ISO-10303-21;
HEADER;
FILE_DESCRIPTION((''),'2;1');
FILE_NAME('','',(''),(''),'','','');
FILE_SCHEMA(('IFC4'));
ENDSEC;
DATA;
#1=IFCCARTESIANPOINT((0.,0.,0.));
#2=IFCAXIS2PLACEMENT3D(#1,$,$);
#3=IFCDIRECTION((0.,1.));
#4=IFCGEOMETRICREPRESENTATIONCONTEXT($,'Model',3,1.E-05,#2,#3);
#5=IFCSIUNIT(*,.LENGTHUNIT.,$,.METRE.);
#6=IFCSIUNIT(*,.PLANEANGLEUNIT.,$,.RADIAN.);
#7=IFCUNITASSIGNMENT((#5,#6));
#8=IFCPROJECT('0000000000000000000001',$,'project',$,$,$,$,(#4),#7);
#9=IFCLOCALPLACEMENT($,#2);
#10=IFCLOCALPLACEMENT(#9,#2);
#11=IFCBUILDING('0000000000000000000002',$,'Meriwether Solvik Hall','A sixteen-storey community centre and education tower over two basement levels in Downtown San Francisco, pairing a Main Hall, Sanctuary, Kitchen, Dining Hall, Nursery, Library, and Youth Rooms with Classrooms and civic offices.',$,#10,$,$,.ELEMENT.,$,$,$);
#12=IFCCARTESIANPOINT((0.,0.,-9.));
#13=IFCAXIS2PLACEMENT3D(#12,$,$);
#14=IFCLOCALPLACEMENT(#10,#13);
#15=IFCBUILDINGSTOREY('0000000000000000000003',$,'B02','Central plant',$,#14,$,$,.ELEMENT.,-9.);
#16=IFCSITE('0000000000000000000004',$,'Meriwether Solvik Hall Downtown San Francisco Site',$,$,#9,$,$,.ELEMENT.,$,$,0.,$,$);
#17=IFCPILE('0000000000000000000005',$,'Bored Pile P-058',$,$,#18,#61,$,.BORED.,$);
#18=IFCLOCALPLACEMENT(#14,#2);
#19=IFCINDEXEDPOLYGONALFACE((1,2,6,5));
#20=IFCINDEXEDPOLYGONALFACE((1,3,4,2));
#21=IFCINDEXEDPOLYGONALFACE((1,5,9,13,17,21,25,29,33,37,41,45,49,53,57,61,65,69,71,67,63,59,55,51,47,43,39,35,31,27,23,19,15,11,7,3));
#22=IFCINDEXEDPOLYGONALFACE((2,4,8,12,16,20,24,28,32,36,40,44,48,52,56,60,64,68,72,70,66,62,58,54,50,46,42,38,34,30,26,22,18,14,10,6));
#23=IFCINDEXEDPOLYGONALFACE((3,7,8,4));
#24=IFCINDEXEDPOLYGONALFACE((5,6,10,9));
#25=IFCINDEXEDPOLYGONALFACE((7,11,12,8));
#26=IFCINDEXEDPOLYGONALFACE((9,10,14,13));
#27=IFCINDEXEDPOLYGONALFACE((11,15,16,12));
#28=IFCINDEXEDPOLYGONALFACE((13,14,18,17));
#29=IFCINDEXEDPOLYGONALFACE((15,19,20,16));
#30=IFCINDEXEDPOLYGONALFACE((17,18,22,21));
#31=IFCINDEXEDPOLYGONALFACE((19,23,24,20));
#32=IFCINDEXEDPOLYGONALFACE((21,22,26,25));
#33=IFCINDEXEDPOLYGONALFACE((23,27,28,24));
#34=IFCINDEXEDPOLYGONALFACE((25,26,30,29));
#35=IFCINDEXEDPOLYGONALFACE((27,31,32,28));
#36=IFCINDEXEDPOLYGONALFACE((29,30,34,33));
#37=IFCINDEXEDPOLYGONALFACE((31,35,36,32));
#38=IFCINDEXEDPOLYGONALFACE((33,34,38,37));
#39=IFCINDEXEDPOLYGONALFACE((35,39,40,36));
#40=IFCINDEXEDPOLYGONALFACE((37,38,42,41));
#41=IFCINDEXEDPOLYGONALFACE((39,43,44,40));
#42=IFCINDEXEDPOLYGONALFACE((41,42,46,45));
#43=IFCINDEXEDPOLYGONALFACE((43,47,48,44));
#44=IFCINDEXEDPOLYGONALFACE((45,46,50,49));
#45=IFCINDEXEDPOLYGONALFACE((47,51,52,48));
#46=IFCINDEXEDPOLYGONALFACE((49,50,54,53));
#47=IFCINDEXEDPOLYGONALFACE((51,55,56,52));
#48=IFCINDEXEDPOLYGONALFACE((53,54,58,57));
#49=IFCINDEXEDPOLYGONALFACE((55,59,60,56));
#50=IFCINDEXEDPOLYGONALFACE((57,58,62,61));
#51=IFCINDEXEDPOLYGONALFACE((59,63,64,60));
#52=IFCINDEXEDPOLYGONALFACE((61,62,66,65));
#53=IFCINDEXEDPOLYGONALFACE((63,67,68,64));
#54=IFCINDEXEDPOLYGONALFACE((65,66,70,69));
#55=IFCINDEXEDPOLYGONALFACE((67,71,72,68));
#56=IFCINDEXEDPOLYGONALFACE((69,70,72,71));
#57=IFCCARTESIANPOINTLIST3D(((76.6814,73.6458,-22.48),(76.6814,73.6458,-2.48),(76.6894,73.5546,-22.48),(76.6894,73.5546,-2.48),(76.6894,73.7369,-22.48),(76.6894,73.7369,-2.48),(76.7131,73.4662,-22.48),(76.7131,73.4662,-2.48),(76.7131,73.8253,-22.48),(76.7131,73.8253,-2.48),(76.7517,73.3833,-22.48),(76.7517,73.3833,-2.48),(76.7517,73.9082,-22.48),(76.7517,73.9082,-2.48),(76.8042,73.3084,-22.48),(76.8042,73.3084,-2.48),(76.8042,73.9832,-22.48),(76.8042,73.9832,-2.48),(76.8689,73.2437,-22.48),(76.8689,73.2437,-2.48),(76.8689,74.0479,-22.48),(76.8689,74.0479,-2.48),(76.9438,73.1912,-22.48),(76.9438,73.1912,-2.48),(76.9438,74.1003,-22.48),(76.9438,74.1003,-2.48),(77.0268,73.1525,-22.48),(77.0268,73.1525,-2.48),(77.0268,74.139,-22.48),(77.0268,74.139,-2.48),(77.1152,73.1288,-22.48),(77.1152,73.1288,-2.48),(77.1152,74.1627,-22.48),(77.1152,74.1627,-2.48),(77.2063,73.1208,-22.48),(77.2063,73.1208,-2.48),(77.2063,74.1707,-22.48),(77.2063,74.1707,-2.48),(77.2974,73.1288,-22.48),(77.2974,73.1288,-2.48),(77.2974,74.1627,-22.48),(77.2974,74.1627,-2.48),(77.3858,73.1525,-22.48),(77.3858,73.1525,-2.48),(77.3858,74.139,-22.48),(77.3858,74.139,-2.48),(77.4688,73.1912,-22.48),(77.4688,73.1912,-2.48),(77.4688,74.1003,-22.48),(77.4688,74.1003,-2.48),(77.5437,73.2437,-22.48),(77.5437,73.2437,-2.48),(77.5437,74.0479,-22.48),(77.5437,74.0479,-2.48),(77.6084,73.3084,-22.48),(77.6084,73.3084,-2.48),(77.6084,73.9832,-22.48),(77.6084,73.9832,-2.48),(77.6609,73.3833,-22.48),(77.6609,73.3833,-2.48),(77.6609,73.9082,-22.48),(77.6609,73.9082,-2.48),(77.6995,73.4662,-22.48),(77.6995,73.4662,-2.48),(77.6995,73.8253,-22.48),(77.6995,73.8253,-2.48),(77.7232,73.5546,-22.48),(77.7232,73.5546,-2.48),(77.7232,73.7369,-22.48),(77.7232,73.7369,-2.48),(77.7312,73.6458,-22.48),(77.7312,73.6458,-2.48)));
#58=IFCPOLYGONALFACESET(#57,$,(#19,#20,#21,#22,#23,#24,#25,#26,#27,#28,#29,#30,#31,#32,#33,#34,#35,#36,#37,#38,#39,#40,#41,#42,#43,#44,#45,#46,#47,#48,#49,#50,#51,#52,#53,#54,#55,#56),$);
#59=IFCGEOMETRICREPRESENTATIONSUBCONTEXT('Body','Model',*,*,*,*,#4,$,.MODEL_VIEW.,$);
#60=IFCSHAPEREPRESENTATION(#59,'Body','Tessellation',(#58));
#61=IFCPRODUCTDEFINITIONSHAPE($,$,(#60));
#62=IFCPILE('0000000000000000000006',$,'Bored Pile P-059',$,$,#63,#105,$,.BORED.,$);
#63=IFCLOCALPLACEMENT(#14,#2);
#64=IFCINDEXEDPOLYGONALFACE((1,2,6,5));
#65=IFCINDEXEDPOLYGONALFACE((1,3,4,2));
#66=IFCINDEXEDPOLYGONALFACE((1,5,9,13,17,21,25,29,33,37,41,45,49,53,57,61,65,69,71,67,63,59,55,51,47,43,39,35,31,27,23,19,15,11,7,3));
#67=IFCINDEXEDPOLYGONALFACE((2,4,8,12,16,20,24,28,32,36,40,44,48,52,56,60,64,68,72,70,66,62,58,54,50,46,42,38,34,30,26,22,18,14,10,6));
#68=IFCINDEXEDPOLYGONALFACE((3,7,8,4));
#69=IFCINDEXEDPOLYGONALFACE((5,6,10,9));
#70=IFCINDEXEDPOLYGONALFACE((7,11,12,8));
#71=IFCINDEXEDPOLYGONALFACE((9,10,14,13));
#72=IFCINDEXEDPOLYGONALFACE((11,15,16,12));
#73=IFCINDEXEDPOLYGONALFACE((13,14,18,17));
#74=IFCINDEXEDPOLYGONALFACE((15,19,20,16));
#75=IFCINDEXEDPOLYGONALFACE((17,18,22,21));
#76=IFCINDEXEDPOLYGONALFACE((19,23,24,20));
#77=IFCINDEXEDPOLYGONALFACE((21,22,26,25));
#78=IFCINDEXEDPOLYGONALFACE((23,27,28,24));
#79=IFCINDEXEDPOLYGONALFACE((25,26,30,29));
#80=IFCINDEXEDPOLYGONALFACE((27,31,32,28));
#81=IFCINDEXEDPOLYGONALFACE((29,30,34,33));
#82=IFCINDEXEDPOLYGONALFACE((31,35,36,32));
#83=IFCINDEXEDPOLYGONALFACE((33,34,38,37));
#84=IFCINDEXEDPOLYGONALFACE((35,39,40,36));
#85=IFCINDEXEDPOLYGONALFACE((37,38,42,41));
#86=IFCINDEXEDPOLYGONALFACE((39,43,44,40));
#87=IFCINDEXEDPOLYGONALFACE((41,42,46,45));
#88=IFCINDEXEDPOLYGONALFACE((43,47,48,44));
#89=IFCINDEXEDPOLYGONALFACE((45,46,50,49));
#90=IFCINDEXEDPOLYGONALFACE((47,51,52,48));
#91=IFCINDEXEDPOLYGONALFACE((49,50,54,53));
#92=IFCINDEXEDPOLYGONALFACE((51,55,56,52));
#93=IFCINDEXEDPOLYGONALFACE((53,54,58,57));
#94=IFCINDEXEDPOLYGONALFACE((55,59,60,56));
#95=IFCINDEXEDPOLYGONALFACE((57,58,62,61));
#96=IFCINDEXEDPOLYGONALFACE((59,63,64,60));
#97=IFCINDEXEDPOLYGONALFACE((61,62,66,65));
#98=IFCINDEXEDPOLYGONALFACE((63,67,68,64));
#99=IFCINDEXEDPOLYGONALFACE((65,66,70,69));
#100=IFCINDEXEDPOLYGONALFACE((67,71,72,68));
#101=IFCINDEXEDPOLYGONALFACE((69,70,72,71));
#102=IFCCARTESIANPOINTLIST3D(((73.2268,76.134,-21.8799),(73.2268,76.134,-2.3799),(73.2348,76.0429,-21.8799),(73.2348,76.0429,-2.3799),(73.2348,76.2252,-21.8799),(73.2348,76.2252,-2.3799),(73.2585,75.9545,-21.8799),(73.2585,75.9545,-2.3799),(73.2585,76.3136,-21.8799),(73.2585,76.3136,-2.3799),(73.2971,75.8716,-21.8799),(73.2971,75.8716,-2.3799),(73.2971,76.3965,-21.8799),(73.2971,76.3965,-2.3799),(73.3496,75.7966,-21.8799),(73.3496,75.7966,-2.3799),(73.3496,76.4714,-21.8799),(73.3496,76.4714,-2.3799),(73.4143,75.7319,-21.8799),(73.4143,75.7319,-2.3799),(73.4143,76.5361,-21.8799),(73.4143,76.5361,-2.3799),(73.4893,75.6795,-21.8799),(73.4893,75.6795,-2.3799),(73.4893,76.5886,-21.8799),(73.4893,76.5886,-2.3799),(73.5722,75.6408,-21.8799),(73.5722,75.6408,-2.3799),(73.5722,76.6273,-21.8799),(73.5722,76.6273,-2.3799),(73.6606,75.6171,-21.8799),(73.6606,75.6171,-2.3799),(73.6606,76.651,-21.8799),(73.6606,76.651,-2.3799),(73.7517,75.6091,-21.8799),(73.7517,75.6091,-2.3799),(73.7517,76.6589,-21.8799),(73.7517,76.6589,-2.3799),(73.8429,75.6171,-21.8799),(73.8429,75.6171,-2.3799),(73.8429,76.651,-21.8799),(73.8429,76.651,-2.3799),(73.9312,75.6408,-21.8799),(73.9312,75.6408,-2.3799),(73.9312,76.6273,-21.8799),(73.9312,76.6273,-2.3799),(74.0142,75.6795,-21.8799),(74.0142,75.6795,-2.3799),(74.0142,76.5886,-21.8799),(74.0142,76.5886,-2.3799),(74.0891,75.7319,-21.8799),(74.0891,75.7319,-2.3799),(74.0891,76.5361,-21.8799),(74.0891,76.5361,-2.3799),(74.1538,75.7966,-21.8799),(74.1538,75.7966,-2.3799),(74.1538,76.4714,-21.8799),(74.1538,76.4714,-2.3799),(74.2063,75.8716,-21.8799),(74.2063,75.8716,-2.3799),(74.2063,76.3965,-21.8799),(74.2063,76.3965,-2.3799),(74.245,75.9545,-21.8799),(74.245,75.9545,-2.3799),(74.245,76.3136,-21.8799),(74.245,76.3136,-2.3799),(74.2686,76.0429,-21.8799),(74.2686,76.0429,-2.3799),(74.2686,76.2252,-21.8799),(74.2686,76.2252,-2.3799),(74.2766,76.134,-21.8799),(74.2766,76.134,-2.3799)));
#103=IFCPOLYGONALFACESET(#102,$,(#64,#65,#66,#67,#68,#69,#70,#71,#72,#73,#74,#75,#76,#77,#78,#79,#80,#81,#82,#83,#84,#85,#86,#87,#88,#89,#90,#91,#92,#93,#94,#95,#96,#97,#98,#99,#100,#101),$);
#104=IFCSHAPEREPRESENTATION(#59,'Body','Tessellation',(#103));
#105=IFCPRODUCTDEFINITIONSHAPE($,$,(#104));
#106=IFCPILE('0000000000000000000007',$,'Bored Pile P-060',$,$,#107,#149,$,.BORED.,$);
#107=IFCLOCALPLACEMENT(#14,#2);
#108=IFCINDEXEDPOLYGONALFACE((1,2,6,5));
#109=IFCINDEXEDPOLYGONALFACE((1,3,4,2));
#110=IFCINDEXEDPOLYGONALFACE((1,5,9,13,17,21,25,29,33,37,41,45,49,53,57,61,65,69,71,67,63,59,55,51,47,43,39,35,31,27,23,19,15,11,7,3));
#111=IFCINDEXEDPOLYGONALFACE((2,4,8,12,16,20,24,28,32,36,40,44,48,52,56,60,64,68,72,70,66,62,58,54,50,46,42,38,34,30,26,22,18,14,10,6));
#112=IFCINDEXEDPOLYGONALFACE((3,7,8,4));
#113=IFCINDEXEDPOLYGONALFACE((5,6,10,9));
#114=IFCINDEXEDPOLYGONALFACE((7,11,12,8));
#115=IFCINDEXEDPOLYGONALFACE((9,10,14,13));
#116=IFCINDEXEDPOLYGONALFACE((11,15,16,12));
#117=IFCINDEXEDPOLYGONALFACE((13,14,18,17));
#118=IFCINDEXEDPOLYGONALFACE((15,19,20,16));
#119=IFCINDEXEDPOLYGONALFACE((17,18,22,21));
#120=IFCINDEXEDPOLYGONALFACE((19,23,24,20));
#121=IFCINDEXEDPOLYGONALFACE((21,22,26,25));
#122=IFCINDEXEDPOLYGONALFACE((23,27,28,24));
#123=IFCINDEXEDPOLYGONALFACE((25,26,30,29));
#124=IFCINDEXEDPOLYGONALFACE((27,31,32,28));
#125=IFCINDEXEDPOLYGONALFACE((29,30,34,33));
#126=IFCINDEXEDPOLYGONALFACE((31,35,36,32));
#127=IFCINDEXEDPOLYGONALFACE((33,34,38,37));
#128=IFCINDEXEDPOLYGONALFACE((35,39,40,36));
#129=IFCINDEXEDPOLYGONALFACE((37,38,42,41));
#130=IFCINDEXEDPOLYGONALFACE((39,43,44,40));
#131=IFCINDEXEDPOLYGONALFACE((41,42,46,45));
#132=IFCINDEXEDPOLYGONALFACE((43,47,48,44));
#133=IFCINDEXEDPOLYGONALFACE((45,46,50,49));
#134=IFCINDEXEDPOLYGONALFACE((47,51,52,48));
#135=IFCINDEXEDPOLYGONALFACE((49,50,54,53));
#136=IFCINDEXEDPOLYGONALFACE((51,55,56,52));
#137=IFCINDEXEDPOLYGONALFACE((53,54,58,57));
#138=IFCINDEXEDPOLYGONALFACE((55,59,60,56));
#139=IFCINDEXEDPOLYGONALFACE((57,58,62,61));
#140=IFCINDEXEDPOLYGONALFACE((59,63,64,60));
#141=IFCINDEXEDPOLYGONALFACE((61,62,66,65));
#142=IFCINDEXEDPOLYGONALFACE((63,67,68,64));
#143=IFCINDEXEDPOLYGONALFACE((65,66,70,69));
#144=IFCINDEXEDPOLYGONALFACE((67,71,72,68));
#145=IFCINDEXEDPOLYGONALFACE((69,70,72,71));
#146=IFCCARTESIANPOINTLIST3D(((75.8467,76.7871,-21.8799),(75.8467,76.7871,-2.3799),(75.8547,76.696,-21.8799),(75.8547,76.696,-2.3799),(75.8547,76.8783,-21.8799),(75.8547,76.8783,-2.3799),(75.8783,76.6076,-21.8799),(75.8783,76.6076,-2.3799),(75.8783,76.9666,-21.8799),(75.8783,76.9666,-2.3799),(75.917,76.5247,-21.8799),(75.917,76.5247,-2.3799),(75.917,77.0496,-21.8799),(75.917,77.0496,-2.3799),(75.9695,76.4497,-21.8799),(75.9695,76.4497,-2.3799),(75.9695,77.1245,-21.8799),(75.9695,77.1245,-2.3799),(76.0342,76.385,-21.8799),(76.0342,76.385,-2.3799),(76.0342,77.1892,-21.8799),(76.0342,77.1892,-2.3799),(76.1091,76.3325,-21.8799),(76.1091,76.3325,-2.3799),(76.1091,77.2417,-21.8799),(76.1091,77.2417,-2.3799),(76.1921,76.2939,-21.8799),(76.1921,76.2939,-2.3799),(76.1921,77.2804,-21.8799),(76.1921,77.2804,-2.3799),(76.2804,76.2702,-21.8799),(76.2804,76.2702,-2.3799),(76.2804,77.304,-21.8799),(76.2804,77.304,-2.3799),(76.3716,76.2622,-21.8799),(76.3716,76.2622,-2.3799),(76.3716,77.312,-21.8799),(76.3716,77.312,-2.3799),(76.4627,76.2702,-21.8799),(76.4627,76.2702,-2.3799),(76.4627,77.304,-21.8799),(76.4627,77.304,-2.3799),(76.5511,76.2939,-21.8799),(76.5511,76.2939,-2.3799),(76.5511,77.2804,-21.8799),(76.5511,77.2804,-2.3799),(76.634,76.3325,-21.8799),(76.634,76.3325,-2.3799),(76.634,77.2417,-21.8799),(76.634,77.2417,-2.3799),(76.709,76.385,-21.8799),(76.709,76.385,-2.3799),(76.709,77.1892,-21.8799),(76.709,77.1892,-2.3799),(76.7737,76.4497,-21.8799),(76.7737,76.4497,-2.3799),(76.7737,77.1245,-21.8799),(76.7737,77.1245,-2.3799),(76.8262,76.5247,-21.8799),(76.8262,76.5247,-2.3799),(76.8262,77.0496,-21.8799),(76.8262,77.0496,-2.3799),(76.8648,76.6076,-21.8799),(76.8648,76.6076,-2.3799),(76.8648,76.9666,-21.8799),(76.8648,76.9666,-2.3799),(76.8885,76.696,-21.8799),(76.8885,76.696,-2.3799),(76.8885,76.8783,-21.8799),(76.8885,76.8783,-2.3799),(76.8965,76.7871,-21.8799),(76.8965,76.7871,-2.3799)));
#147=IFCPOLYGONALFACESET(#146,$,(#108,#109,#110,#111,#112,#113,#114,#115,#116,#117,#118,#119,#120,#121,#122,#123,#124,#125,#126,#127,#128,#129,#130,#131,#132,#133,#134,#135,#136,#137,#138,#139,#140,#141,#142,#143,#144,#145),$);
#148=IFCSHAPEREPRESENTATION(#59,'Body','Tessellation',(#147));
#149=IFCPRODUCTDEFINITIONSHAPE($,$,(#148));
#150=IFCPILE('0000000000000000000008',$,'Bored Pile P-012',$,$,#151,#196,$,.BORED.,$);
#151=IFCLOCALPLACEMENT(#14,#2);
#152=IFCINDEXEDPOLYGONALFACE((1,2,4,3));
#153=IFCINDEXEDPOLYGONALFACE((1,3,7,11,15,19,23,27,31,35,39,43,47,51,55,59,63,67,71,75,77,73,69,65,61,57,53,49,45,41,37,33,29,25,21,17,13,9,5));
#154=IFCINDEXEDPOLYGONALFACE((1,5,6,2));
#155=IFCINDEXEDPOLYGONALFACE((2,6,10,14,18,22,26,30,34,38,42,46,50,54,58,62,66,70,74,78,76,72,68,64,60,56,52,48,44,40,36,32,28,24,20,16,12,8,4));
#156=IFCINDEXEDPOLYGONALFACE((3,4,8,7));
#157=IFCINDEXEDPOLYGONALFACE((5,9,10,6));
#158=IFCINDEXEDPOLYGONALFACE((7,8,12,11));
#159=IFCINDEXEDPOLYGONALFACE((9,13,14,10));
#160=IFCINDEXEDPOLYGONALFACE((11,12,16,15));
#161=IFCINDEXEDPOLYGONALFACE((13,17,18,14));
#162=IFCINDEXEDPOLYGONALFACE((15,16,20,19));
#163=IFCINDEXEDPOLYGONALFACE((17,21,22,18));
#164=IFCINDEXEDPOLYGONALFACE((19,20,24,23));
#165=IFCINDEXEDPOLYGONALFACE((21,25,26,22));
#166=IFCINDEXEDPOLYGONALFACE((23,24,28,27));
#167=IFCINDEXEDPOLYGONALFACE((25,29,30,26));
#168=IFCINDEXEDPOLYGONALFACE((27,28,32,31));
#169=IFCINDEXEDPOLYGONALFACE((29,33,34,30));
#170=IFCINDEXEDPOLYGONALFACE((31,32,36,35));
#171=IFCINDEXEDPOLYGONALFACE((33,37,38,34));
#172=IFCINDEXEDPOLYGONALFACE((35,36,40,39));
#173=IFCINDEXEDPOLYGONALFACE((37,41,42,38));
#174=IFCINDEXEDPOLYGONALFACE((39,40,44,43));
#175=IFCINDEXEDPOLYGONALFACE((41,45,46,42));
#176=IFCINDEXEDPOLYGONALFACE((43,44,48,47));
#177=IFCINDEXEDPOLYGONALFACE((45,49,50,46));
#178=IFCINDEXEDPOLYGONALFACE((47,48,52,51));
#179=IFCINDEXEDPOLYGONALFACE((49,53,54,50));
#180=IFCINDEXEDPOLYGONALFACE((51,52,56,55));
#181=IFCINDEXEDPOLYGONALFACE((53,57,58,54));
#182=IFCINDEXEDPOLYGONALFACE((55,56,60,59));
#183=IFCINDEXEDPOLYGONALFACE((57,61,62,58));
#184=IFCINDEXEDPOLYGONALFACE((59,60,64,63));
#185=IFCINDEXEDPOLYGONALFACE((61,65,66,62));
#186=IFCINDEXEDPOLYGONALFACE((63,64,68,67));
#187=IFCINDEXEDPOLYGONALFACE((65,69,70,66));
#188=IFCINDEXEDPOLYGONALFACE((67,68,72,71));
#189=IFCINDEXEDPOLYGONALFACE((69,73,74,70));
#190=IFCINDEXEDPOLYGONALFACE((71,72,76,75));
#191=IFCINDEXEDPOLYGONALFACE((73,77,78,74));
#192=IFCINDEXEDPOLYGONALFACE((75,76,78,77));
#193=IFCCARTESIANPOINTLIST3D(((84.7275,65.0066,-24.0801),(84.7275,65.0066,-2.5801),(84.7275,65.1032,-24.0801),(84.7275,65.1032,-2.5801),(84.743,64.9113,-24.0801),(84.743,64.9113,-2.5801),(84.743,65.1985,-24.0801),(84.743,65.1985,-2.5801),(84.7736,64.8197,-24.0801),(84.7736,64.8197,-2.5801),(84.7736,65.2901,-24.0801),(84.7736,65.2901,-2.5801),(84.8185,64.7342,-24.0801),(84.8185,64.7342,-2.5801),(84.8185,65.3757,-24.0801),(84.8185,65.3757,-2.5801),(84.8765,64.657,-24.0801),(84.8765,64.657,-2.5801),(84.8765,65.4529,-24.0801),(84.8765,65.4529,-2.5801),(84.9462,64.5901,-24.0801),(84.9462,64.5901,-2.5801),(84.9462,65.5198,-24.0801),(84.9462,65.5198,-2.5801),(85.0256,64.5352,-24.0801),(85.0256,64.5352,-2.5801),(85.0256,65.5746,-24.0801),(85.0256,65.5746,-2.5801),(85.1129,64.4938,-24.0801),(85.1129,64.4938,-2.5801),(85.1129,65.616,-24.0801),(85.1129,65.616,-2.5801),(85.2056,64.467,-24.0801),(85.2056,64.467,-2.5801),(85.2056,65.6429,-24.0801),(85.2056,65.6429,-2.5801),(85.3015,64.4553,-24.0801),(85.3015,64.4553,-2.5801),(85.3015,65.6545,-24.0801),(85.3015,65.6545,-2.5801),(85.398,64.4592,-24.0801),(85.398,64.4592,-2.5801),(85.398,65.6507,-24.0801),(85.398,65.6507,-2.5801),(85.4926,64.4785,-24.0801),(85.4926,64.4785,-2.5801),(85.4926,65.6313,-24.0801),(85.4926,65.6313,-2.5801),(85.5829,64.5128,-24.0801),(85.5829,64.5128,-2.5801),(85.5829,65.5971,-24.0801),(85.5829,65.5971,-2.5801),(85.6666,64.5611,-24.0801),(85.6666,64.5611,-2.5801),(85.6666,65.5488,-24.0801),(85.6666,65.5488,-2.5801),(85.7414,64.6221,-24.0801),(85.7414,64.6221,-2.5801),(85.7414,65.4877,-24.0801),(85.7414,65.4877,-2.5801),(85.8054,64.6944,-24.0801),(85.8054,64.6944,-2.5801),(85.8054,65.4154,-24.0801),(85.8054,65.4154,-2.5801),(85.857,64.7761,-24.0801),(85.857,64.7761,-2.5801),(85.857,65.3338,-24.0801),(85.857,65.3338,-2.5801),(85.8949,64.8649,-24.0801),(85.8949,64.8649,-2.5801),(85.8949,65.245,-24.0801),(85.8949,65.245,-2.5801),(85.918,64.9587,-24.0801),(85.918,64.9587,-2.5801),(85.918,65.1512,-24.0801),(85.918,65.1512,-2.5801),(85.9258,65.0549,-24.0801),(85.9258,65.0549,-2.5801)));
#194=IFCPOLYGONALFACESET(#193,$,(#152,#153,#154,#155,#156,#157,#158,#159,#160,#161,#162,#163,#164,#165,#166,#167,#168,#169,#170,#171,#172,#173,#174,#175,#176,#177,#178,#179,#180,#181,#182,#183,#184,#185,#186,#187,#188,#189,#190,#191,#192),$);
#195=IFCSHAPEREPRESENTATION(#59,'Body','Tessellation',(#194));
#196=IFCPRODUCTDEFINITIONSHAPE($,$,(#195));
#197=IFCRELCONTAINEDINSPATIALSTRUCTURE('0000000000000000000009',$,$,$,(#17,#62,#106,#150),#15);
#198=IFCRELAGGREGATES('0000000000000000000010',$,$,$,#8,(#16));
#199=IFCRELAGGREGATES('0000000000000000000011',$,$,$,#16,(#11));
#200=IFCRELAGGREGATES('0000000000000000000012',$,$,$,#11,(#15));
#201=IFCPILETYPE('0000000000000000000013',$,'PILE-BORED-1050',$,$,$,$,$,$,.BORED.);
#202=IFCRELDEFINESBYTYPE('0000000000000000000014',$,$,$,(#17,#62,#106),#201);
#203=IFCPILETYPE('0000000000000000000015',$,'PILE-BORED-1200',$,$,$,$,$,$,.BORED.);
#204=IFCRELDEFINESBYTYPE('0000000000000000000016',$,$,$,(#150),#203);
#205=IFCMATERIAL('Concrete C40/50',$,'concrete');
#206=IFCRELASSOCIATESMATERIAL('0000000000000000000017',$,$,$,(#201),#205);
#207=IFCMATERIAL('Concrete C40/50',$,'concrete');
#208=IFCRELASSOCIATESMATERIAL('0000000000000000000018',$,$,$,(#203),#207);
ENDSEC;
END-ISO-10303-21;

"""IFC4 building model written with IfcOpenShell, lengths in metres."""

from ifc_helpers import new_model, si_unit, direction, frame, origin, origin_2d, place, context, subcontext, project, spatial, circle, extrude, material, material_profile, profile_set, type_object, element, save


model = new_model("IFC4")

# Units and contexts
model_context = context("Model", 3, precision=1e-05, world=origin(), true_north=direction((0.0, 1.0)))
body_context = subcontext(model_context, "Body", "Model", "MODEL_VIEW")
ifc_project = project(units=[si_unit("LENGTHUNIT", "METRE"), si_unit("PLANEANGLEUNIT", "RADIAN")], contexts=[model_context])

# Site, building, storey
site_placement = place(None, origin())
site = spatial("IfcSite", under=ifc_project, at=site_placement, Name="Meriwether Solvik Hall Downtown San Francisco Site", CompositionType="ELEMENT", RefElevation=0.0)
building_placement = place(site_placement, origin())
building = spatial("IfcBuilding", under=site, at=building_placement, Name="Meriwether Solvik Hall", Description="A sixteen-storey community centre and education tower over two basement levels in Downtown San Francisco, pairing a Main Hall, Sanctuary, Kitchen, Dining Hall, Nursery, Library, and Youth Rooms with Classrooms and civic offices.", CompositionType="ELEMENT")
storey_placement = place(building_placement, frame((0.0, 0.0, -9.0)))
storey = spatial("IfcBuildingStorey", under=building, at=storey_placement, Name="B02", Description="Central plant", CompositionType="ELEMENT", Elevation=-9.0)

# Piles
ifc_material_1 = material(Name="Concrete C40/50", Category="concrete")
ifc_material_profile_1 = material_profile(ifc_material_1, circle(Radius=0.5249, at=origin_2d()), Name="PILE-D1050")
ifc_profile_set_1 = profile_set([ifc_material_profile_1], Name="Concrete C40/50")
pile_type_1 = type_object("IfcPileType", Name="PILE-BORED-1050", PredefinedType="BORED", material=ifc_profile_set_1)
for number, where, z_axis, x_axis, name in (
    (1, (77.2063, 73.6458, -2.48), (0.0, 0.0, -1.0), (1.0, 0.0, 0.0), "Bored Pile P-058"),
):
    element("IfcPile", number, at=place(storey_placement, frame(where, z_axis=z_axis, x_axis=x_axis)), inside=storey, type_object=pile_type_1, Name=name, PredefinedType="BORED", context=body_context, shape_type="SweptSolid", body=[
        extrude(circle(Radius=0.5249, at=origin_2d()), origin(), (0.0, 0.0, 1.0), 20.0),
    ])
for number, where, z_axis, x_axis, name in (
    (2, (73.7517, 76.134, -2.3799), (0.0, 0.0, -1.0), (1.0, 0.0, 0.0), "Bored Pile P-059"),
    (3, (76.3716, 76.7871, -2.3799), (0.0, 0.0, -1.0), (1.0, 0.0, 0.0), "Bored Pile P-060"),
):
    element("IfcPile", number, at=place(storey_placement, frame(where, z_axis=z_axis, x_axis=x_axis)), inside=storey, type_object=pile_type_1, Name=name, PredefinedType="BORED", context=body_context, shape_type="SweptSolid", body=[
        extrude(circle(Radius=0.5249, at=origin_2d()), origin(), (0.0, 0.0, 1.0), 19.5),
    ])
ifc_material_2 = material(Name="Concrete C40/50", Category="concrete")
ifc_material_profile_2 = material_profile(ifc_material_2, circle(Radius=0.6001, at=origin_2d()), Name="PILE-D1200")
ifc_profile_set_2 = profile_set([ifc_material_profile_2], Name="Concrete C40/50")
pile_type_2 = type_object("IfcPileType", Name="PILE-BORED-1200", PredefinedType="BORED", material=ifc_profile_set_2)
pile_placement = place(storey_placement, frame((85.3257, 65.0549, -2.5801), z_axis=(0.0, 0.0, -1.0), x_axis=(1.0, 0.0, 0.0)))
element("IfcPile", 4, at=pile_placement, inside=storey, type_object=pile_type_2, Name="Bored Pile P-012", PredefinedType="BORED", context=body_context, shape_type="SweptSolid", body=[
    extrude(circle(Radius=0.6001, at=origin_2d()), origin(), (0.0, 0.0, 1.0), 21.5),
])

save(model, "model.ifc")
